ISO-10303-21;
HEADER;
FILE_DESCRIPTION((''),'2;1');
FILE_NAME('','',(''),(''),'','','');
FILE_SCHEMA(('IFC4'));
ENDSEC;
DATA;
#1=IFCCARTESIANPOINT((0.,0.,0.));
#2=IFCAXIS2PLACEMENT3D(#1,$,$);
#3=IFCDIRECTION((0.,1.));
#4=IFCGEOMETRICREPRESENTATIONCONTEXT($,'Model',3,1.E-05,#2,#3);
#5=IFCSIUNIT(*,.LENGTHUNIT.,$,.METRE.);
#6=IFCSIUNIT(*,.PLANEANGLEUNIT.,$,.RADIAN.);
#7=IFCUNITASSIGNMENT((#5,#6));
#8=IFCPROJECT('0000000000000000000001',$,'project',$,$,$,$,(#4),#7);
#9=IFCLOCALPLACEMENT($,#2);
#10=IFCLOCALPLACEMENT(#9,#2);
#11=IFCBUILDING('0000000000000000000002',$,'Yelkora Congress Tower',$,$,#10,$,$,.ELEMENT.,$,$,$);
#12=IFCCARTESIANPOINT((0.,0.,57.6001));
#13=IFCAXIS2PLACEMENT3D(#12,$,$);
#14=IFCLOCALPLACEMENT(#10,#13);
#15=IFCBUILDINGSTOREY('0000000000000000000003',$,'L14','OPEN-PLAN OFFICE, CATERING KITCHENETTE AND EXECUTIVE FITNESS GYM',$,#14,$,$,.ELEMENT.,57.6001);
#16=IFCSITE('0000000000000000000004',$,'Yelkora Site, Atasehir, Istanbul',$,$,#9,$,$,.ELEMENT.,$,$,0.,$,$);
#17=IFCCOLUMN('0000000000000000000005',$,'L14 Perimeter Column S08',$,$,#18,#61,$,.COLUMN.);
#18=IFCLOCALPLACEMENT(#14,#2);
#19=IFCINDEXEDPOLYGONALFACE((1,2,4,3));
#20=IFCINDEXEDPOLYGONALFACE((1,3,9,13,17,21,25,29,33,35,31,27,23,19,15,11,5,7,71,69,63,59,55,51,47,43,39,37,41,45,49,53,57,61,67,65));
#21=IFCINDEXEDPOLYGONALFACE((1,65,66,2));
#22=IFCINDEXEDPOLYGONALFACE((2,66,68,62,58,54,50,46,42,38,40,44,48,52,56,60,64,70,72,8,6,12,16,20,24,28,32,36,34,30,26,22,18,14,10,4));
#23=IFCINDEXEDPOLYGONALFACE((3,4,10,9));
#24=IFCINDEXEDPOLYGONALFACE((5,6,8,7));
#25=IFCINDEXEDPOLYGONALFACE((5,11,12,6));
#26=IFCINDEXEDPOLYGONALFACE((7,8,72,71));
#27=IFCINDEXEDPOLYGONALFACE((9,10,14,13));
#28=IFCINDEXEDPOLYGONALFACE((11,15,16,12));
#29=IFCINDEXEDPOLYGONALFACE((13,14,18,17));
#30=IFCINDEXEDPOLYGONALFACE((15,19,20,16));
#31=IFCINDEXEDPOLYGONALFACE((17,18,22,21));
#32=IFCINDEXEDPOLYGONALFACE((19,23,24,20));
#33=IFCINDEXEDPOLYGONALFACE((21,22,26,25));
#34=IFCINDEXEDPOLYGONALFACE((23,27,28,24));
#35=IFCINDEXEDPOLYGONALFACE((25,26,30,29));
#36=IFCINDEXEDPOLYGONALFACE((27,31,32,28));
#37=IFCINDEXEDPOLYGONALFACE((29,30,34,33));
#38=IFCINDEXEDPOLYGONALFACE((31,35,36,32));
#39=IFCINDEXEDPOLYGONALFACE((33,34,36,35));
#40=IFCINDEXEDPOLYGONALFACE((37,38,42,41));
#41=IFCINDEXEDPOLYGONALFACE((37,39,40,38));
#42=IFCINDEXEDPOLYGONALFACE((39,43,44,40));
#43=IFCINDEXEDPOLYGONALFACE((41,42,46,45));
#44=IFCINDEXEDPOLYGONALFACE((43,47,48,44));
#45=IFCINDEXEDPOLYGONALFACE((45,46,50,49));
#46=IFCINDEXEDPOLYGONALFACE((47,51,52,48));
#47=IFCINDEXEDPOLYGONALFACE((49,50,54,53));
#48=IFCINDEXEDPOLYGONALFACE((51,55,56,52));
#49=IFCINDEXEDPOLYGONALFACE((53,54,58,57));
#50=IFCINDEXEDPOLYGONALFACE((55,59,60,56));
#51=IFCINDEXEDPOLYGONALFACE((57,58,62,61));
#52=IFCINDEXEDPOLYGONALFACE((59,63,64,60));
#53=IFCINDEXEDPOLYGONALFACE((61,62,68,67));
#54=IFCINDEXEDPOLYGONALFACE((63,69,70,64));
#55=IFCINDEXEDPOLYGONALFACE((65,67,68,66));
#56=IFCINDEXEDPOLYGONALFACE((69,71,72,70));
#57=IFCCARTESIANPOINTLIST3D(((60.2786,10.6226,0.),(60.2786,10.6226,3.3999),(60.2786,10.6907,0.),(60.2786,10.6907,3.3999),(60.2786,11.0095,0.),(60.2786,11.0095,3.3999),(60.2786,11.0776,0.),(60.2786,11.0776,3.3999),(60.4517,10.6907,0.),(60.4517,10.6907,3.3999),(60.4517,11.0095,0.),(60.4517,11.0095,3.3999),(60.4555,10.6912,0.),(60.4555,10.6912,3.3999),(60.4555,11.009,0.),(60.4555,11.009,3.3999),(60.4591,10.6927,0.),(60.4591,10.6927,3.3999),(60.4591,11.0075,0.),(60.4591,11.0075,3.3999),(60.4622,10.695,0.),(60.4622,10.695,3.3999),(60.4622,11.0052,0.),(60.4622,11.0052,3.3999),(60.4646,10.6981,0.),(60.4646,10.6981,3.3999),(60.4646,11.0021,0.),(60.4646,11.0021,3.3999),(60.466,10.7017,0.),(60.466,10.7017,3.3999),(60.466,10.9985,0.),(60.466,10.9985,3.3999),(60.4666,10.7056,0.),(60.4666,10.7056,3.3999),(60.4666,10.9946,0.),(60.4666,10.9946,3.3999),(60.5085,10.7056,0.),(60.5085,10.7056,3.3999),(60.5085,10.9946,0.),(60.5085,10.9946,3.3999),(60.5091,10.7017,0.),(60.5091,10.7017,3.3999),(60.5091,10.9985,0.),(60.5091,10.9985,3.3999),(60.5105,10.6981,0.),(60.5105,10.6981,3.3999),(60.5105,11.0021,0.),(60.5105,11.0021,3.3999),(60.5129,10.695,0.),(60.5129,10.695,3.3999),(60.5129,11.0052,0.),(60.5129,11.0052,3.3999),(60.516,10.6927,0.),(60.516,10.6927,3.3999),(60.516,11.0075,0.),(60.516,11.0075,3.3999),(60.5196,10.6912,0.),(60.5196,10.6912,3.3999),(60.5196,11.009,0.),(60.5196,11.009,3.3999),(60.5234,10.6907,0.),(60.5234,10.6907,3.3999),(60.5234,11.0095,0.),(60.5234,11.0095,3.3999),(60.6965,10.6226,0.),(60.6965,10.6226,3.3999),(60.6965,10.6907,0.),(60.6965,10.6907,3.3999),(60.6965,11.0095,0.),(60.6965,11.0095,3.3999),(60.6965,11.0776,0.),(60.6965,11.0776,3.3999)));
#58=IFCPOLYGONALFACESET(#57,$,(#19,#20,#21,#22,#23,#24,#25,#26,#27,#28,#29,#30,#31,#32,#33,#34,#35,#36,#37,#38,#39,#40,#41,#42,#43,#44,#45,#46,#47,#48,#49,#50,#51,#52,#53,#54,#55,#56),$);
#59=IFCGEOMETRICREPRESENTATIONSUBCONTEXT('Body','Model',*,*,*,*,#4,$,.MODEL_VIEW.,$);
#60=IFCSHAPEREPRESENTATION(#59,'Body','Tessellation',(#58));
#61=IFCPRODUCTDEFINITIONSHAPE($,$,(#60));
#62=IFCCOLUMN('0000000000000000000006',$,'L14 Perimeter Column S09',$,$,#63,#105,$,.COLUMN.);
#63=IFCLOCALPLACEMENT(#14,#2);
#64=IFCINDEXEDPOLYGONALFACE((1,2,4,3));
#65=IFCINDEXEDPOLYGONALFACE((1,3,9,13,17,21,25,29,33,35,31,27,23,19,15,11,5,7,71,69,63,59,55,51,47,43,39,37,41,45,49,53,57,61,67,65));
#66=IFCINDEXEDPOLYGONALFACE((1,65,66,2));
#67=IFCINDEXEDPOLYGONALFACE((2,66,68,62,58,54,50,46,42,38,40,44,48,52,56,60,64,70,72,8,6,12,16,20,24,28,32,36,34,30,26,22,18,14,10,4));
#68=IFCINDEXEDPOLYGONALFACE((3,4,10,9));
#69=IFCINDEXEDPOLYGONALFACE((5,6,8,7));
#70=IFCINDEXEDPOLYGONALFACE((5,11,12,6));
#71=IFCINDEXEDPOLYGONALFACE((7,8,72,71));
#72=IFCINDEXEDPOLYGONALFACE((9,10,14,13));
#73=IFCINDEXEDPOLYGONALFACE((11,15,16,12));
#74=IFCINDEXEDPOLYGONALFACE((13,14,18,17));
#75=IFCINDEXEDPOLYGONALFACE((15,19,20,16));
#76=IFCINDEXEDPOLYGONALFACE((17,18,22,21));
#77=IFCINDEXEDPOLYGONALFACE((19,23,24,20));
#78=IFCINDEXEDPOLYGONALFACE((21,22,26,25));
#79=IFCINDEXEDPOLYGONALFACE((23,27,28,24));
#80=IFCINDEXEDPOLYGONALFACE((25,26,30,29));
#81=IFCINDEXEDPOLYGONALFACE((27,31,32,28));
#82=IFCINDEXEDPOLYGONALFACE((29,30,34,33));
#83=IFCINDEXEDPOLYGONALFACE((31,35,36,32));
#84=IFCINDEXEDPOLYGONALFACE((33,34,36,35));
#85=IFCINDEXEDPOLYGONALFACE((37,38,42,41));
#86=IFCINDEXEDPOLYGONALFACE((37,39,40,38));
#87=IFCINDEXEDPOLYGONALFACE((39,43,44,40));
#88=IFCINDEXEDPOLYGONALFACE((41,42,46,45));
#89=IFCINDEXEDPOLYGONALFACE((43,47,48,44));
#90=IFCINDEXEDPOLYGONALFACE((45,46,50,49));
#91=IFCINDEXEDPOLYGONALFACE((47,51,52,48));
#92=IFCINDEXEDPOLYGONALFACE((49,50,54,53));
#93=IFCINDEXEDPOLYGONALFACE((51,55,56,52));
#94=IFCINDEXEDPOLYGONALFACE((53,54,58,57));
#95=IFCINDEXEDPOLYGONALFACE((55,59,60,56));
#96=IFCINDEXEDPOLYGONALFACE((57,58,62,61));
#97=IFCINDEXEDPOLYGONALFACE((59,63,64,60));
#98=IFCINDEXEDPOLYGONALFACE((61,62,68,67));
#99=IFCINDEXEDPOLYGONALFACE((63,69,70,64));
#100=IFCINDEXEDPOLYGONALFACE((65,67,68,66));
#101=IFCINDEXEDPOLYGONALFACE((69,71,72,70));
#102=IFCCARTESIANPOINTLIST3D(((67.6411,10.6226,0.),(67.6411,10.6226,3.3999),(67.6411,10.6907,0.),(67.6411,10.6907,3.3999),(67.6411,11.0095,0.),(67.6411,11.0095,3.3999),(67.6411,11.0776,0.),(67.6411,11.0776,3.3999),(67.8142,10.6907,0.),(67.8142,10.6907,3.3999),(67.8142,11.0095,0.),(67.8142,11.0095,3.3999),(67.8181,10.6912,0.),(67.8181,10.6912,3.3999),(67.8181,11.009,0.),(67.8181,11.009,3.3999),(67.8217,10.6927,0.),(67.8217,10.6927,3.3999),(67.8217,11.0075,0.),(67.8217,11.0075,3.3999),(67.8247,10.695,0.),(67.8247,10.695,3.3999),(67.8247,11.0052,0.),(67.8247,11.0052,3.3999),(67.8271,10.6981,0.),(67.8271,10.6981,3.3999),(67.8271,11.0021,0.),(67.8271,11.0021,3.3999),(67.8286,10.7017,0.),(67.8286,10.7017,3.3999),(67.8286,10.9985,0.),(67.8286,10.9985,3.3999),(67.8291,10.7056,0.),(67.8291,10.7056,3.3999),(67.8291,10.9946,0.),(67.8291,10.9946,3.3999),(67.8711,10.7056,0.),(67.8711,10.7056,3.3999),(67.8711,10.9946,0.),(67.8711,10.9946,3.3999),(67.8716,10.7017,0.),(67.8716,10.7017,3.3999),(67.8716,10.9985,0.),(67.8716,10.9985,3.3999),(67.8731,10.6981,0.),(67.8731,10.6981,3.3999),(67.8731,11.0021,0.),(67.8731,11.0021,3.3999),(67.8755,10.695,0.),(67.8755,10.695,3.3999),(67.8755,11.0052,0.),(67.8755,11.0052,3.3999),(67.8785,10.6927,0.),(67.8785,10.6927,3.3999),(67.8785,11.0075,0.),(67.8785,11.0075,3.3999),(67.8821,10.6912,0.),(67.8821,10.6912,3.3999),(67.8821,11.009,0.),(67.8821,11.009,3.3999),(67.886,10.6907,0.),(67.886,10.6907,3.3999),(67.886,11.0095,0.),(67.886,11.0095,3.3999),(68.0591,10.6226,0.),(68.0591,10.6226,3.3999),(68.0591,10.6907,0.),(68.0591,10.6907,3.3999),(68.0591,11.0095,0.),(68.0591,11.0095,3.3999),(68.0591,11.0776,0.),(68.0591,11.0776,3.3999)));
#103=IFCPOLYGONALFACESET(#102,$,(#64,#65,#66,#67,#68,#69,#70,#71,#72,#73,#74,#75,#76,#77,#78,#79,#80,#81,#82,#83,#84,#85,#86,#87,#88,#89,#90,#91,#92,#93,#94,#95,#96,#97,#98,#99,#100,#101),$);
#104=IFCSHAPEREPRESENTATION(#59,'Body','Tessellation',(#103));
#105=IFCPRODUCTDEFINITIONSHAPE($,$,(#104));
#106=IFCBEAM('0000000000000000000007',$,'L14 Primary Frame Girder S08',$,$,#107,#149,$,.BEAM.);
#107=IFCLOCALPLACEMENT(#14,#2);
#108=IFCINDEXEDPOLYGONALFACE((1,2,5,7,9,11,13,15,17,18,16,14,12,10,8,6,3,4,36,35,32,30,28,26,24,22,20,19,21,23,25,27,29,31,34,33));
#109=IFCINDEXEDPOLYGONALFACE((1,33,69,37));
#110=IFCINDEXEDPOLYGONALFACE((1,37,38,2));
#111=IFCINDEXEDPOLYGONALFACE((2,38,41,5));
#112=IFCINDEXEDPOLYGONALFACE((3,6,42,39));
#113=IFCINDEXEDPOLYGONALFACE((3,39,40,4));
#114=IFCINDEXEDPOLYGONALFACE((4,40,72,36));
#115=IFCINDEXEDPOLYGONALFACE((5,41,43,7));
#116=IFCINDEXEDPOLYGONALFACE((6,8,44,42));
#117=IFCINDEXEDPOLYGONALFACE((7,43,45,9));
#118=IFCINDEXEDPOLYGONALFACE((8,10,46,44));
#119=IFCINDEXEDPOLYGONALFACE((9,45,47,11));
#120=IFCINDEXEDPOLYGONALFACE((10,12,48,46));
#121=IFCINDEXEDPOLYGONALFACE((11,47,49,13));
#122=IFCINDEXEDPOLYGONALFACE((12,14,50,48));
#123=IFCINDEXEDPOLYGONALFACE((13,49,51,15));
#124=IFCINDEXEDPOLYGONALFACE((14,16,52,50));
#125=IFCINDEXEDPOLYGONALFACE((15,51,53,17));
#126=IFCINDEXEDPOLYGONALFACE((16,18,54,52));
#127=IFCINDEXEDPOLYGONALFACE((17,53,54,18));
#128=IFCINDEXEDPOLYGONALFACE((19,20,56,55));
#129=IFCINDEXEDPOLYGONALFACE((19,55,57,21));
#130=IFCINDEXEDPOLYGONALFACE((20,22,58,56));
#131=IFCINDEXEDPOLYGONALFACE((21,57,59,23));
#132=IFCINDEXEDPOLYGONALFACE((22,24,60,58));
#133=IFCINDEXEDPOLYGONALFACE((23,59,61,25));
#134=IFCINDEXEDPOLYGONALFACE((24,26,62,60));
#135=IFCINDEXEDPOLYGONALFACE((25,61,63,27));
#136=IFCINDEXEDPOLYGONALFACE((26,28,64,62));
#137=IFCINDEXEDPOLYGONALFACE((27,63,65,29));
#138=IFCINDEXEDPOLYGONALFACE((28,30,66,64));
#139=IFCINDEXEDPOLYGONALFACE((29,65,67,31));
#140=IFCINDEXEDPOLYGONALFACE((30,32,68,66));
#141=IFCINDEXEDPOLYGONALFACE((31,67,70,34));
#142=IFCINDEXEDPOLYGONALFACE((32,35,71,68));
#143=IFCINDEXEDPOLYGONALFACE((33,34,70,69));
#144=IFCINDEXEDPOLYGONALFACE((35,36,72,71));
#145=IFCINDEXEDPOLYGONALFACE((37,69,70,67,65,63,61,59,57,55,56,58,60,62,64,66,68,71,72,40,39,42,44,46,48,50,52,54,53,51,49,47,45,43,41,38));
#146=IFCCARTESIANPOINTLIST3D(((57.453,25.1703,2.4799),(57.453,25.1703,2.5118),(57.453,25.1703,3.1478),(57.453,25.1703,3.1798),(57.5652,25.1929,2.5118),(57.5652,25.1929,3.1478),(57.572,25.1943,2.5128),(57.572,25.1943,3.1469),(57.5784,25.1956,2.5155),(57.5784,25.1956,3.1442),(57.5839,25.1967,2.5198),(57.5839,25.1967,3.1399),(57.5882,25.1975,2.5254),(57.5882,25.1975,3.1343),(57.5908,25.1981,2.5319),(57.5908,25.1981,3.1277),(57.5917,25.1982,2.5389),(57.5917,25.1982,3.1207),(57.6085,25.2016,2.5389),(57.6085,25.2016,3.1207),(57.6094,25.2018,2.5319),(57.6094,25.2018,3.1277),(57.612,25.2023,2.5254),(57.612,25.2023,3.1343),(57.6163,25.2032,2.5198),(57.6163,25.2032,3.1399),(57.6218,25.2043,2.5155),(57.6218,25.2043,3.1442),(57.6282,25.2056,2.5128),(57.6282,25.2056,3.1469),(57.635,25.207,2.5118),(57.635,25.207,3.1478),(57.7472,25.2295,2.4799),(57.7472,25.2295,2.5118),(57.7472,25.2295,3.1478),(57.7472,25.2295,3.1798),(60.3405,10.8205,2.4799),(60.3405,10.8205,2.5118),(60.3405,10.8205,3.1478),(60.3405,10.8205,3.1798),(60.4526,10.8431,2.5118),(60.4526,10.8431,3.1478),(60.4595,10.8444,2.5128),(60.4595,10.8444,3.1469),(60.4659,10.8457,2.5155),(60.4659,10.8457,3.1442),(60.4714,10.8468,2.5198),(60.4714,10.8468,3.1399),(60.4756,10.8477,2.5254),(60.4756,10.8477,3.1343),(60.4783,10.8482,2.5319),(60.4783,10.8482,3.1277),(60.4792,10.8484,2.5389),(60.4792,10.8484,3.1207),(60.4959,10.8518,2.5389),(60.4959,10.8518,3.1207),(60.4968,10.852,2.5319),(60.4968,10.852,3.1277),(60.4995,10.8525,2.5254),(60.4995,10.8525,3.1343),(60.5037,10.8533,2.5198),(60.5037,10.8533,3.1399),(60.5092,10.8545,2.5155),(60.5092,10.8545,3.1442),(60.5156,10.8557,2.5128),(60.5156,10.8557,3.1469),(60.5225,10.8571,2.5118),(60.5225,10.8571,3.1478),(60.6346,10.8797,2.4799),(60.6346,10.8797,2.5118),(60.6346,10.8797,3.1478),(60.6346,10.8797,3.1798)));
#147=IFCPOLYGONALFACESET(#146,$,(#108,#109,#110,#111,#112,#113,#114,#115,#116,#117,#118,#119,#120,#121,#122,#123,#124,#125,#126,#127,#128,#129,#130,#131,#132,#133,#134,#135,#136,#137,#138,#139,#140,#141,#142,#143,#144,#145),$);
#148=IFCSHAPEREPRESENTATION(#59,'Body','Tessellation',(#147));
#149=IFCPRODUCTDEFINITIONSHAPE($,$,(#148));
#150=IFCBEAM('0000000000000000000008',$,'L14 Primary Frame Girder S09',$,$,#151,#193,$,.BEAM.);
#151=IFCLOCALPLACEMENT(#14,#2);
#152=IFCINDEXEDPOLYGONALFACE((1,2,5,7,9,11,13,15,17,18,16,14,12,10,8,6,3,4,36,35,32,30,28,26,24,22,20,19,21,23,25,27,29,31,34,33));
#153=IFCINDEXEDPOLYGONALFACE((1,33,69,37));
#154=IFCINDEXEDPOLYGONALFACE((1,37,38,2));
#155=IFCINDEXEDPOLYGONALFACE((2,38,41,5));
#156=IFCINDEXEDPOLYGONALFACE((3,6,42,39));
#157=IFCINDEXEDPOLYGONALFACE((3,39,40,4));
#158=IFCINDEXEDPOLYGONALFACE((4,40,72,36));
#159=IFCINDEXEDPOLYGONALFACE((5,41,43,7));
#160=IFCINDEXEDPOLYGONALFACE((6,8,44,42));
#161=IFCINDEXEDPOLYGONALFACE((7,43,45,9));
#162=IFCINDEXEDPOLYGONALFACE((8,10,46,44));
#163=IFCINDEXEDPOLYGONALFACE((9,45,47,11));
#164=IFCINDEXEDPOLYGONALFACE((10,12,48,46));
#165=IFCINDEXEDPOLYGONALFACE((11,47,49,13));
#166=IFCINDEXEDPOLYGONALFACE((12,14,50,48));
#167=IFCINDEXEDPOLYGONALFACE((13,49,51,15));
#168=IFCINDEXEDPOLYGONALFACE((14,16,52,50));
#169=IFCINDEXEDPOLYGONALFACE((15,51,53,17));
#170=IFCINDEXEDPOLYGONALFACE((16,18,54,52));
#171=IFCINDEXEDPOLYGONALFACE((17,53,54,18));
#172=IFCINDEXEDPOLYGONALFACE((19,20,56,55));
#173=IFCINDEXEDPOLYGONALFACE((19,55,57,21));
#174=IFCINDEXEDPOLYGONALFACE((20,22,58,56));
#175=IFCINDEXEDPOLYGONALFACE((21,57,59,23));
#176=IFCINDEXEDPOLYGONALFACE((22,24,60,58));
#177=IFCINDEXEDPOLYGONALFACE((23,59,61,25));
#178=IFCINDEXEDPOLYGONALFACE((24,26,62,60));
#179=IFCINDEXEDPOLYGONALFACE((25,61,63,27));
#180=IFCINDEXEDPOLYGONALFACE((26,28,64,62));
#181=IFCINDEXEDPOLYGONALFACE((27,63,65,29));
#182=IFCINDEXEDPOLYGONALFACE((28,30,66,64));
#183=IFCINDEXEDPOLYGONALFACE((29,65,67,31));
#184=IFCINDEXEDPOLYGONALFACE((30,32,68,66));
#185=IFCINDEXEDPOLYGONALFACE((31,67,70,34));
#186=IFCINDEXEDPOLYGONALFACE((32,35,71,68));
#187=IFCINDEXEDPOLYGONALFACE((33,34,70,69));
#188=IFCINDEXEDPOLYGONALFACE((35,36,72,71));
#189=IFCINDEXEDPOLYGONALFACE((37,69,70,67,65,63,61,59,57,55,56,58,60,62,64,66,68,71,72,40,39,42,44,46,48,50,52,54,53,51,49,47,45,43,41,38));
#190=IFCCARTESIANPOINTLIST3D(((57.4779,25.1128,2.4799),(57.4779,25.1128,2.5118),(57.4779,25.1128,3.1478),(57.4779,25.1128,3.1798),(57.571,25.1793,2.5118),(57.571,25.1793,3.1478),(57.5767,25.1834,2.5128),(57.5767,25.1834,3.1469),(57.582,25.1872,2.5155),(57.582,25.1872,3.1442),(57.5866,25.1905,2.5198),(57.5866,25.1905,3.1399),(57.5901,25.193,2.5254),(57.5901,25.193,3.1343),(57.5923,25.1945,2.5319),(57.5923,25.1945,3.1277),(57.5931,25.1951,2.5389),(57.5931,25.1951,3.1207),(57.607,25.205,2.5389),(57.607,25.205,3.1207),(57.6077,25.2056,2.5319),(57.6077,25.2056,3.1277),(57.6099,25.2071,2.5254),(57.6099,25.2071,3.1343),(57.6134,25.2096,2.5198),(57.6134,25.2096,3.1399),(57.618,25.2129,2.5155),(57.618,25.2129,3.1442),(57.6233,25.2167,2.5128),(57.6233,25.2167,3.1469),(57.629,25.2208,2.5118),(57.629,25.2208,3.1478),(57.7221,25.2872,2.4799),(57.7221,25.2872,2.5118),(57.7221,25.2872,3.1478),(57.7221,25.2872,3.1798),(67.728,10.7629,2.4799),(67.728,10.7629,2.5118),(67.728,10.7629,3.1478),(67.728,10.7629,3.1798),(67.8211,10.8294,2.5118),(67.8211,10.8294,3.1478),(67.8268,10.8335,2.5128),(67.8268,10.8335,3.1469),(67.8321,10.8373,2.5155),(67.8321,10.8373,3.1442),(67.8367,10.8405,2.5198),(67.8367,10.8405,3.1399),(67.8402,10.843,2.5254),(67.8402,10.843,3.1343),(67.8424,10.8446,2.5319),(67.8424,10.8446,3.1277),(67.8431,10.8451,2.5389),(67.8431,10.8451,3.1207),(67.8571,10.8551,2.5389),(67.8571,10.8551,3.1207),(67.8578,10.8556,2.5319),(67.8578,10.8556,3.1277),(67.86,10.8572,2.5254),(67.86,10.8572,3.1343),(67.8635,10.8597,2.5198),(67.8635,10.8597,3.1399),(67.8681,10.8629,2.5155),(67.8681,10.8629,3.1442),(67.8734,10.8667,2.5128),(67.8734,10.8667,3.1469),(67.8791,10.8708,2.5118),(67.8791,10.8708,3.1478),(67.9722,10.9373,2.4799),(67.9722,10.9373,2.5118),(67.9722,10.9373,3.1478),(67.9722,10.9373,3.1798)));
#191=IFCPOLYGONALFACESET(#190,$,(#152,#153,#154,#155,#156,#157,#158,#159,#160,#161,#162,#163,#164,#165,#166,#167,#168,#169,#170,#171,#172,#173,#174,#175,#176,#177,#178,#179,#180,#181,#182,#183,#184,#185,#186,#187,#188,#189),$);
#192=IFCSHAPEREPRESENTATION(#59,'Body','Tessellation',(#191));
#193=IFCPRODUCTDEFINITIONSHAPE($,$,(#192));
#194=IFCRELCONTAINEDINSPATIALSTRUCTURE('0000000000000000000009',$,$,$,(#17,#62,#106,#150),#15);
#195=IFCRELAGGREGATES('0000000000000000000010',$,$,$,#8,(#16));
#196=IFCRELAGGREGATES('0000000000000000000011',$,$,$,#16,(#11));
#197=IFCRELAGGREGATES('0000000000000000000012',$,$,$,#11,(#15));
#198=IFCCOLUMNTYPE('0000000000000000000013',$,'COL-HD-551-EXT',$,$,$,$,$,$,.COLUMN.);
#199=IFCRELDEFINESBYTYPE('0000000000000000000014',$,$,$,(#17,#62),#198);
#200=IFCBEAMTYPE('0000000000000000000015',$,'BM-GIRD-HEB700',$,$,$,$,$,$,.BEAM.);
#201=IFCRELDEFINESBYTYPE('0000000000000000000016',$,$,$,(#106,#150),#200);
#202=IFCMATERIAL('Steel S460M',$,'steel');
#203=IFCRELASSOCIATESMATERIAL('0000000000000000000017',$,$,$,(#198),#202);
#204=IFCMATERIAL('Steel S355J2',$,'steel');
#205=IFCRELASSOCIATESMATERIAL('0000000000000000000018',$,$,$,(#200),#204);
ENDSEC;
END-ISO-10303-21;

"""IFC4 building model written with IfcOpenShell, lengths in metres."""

from ifc_helpers import new_model, si_unit, direction, frame, origin, origin_2d, place, context, subcontext, project, spatial, i_section, extrude, material, material_profile, profile_set, type_object, element, save


model = new_model("IFC4")

# Units and contexts
model_context = context("Model", 3, precision=1e-05, world=origin(), true_north=direction((0.0, 1.0)))
body_context = subcontext(model_context, "Body", "Model", "MODEL_VIEW")
ifc_project = project(units=[si_unit("LENGTHUNIT", "METRE"), si_unit("PLANEANGLEUNIT", "RADIAN")], contexts=[model_context])

# Site, building, storey
site_placement = place(None, origin())
site = spatial("IfcSite", under=ifc_project, at=site_placement, Name="Yelkora Site, Atasehir, Istanbul", CompositionType="ELEMENT", RefElevation=0.0)
building_placement = place(site_placement, origin())
building = spatial("IfcBuilding", under=site, at=building_placement, Name="Yelkora Congress Tower", CompositionType="ELEMENT")
storey_placement = place(building_placement, frame((0.0, 0.0, 57.6001)))
storey = spatial("IfcBuildingStorey", under=building, at=storey_placement, Name="L14", Description="OPEN-PLAN OFFICE, CATERING KITCHENETTE AND EXECUTIVE FITNESS GYM", CompositionType="ELEMENT", Elevation=57.6001)

# Columns
ifc_material_1 = material(Name="Steel S460M", Category="steel")
ifc_material_profile_1 = material_profile(ifc_material_1, i_section(OverallWidth=0.418, OverallDepth=0.4551, WebThickness=0.042, FlangeThickness=0.0681, FilletRadius=0.0149, at=origin_2d()), Name="HD 400x551")
ifc_profile_set_1 = profile_set([ifc_material_profile_1], Name="Steel S460M")
column_type = type_object("IfcColumnType", Name="COL-HD-551-EXT", PredefinedType="COLUMN", material=ifc_profile_set_1)
for number, where, z_axis, x_axis, name in (
    (1, (60.4875, 10.8501, 0.0), (0.0, 0.0, 1.0), (1.0, 0.0, 0.0), "L14 Perimeter Column S08"),
    (2, (67.8501, 10.8501, 0.0), (0.0, 0.0, 1.0), (1.0, 0.0, 0.0), "L14 Perimeter Column S09"),
):
    element("IfcColumn", number, at=place(storey_placement, frame(where, z_axis=z_axis, x_axis=x_axis)), inside=storey, type_object=column_type, Name=name, PredefinedType="COLUMN", context=body_context, shape_type="SweptSolid", body=[
        extrude(i_section(OverallWidth=0.418, OverallDepth=0.4551, WebThickness=0.042, FlangeThickness=0.0681, FilletRadius=0.0149, at=origin_2d()), origin(), (0.0, 0.0, 1.0), 3.3999),
    ])

# Beams
ifc_material_2 = material(Name="Steel S355J2", Category="steel")
ifc_material_profile_2 = material_profile(ifc_material_2, i_section(OverallWidth=0.3, OverallDepth=0.7, WebThickness=0.0171, FlangeThickness=0.032, FilletRadius=0.0271, at=origin_2d()), Name="HEB 700")
ifc_profile_set_2 = profile_set([ifc_material_profile_2], Name="Steel S355J2")
beam_type_1 = type_object("IfcBeamType", Name="BM-GIRD-HEB700", PredefinedType="BEAM", material=ifc_profile_set_2)
beam_1_placement = place(storey_placement, frame((60.4875, 10.8501, 2.8298), z_axis=(-0.197264, 0.98035, 0.0), x_axis=(-0.98035, -0.197264, 0.0)))
element("IfcBeam", 3, at=beam_1_placement, inside=storey, type_object=beam_type_1, Name="L14 Primary Frame Girder S08", PredefinedType="BEAM", context=body_context, shape_type="SweptSolid", body=[
    extrude(i_section(OverallWidth=0.3, OverallDepth=0.7, WebThickness=0.0171, FlangeThickness=0.032, FilletRadius=0.0271, at=origin_2d()), origin(), (0.0, 0.0, 1.0), 14.6375),
])
beam_2_placement = place(storey_placement, frame((67.8501, 10.8501, 2.8298), z_axis=(-0.581242, 0.813731, 0.0), x_axis=(-0.813731, -0.581242, 0.0)))
element("IfcBeam", 4, at=beam_2_placement, inside=storey, type_object=beam_type_1, Name="L14 Primary Frame Girder S09", PredefinedType="BEAM", context=body_context, shape_type="SweptSolid", body=[
    extrude(i_section(OverallWidth=0.3, OverallDepth=0.7, WebThickness=0.0171, FlangeThickness=0.032, FilletRadius=0.0271, at=origin_2d()), origin(), (0.0, 0.0, 1.0), 17.6348),
])

save(model, "model.ifc")
